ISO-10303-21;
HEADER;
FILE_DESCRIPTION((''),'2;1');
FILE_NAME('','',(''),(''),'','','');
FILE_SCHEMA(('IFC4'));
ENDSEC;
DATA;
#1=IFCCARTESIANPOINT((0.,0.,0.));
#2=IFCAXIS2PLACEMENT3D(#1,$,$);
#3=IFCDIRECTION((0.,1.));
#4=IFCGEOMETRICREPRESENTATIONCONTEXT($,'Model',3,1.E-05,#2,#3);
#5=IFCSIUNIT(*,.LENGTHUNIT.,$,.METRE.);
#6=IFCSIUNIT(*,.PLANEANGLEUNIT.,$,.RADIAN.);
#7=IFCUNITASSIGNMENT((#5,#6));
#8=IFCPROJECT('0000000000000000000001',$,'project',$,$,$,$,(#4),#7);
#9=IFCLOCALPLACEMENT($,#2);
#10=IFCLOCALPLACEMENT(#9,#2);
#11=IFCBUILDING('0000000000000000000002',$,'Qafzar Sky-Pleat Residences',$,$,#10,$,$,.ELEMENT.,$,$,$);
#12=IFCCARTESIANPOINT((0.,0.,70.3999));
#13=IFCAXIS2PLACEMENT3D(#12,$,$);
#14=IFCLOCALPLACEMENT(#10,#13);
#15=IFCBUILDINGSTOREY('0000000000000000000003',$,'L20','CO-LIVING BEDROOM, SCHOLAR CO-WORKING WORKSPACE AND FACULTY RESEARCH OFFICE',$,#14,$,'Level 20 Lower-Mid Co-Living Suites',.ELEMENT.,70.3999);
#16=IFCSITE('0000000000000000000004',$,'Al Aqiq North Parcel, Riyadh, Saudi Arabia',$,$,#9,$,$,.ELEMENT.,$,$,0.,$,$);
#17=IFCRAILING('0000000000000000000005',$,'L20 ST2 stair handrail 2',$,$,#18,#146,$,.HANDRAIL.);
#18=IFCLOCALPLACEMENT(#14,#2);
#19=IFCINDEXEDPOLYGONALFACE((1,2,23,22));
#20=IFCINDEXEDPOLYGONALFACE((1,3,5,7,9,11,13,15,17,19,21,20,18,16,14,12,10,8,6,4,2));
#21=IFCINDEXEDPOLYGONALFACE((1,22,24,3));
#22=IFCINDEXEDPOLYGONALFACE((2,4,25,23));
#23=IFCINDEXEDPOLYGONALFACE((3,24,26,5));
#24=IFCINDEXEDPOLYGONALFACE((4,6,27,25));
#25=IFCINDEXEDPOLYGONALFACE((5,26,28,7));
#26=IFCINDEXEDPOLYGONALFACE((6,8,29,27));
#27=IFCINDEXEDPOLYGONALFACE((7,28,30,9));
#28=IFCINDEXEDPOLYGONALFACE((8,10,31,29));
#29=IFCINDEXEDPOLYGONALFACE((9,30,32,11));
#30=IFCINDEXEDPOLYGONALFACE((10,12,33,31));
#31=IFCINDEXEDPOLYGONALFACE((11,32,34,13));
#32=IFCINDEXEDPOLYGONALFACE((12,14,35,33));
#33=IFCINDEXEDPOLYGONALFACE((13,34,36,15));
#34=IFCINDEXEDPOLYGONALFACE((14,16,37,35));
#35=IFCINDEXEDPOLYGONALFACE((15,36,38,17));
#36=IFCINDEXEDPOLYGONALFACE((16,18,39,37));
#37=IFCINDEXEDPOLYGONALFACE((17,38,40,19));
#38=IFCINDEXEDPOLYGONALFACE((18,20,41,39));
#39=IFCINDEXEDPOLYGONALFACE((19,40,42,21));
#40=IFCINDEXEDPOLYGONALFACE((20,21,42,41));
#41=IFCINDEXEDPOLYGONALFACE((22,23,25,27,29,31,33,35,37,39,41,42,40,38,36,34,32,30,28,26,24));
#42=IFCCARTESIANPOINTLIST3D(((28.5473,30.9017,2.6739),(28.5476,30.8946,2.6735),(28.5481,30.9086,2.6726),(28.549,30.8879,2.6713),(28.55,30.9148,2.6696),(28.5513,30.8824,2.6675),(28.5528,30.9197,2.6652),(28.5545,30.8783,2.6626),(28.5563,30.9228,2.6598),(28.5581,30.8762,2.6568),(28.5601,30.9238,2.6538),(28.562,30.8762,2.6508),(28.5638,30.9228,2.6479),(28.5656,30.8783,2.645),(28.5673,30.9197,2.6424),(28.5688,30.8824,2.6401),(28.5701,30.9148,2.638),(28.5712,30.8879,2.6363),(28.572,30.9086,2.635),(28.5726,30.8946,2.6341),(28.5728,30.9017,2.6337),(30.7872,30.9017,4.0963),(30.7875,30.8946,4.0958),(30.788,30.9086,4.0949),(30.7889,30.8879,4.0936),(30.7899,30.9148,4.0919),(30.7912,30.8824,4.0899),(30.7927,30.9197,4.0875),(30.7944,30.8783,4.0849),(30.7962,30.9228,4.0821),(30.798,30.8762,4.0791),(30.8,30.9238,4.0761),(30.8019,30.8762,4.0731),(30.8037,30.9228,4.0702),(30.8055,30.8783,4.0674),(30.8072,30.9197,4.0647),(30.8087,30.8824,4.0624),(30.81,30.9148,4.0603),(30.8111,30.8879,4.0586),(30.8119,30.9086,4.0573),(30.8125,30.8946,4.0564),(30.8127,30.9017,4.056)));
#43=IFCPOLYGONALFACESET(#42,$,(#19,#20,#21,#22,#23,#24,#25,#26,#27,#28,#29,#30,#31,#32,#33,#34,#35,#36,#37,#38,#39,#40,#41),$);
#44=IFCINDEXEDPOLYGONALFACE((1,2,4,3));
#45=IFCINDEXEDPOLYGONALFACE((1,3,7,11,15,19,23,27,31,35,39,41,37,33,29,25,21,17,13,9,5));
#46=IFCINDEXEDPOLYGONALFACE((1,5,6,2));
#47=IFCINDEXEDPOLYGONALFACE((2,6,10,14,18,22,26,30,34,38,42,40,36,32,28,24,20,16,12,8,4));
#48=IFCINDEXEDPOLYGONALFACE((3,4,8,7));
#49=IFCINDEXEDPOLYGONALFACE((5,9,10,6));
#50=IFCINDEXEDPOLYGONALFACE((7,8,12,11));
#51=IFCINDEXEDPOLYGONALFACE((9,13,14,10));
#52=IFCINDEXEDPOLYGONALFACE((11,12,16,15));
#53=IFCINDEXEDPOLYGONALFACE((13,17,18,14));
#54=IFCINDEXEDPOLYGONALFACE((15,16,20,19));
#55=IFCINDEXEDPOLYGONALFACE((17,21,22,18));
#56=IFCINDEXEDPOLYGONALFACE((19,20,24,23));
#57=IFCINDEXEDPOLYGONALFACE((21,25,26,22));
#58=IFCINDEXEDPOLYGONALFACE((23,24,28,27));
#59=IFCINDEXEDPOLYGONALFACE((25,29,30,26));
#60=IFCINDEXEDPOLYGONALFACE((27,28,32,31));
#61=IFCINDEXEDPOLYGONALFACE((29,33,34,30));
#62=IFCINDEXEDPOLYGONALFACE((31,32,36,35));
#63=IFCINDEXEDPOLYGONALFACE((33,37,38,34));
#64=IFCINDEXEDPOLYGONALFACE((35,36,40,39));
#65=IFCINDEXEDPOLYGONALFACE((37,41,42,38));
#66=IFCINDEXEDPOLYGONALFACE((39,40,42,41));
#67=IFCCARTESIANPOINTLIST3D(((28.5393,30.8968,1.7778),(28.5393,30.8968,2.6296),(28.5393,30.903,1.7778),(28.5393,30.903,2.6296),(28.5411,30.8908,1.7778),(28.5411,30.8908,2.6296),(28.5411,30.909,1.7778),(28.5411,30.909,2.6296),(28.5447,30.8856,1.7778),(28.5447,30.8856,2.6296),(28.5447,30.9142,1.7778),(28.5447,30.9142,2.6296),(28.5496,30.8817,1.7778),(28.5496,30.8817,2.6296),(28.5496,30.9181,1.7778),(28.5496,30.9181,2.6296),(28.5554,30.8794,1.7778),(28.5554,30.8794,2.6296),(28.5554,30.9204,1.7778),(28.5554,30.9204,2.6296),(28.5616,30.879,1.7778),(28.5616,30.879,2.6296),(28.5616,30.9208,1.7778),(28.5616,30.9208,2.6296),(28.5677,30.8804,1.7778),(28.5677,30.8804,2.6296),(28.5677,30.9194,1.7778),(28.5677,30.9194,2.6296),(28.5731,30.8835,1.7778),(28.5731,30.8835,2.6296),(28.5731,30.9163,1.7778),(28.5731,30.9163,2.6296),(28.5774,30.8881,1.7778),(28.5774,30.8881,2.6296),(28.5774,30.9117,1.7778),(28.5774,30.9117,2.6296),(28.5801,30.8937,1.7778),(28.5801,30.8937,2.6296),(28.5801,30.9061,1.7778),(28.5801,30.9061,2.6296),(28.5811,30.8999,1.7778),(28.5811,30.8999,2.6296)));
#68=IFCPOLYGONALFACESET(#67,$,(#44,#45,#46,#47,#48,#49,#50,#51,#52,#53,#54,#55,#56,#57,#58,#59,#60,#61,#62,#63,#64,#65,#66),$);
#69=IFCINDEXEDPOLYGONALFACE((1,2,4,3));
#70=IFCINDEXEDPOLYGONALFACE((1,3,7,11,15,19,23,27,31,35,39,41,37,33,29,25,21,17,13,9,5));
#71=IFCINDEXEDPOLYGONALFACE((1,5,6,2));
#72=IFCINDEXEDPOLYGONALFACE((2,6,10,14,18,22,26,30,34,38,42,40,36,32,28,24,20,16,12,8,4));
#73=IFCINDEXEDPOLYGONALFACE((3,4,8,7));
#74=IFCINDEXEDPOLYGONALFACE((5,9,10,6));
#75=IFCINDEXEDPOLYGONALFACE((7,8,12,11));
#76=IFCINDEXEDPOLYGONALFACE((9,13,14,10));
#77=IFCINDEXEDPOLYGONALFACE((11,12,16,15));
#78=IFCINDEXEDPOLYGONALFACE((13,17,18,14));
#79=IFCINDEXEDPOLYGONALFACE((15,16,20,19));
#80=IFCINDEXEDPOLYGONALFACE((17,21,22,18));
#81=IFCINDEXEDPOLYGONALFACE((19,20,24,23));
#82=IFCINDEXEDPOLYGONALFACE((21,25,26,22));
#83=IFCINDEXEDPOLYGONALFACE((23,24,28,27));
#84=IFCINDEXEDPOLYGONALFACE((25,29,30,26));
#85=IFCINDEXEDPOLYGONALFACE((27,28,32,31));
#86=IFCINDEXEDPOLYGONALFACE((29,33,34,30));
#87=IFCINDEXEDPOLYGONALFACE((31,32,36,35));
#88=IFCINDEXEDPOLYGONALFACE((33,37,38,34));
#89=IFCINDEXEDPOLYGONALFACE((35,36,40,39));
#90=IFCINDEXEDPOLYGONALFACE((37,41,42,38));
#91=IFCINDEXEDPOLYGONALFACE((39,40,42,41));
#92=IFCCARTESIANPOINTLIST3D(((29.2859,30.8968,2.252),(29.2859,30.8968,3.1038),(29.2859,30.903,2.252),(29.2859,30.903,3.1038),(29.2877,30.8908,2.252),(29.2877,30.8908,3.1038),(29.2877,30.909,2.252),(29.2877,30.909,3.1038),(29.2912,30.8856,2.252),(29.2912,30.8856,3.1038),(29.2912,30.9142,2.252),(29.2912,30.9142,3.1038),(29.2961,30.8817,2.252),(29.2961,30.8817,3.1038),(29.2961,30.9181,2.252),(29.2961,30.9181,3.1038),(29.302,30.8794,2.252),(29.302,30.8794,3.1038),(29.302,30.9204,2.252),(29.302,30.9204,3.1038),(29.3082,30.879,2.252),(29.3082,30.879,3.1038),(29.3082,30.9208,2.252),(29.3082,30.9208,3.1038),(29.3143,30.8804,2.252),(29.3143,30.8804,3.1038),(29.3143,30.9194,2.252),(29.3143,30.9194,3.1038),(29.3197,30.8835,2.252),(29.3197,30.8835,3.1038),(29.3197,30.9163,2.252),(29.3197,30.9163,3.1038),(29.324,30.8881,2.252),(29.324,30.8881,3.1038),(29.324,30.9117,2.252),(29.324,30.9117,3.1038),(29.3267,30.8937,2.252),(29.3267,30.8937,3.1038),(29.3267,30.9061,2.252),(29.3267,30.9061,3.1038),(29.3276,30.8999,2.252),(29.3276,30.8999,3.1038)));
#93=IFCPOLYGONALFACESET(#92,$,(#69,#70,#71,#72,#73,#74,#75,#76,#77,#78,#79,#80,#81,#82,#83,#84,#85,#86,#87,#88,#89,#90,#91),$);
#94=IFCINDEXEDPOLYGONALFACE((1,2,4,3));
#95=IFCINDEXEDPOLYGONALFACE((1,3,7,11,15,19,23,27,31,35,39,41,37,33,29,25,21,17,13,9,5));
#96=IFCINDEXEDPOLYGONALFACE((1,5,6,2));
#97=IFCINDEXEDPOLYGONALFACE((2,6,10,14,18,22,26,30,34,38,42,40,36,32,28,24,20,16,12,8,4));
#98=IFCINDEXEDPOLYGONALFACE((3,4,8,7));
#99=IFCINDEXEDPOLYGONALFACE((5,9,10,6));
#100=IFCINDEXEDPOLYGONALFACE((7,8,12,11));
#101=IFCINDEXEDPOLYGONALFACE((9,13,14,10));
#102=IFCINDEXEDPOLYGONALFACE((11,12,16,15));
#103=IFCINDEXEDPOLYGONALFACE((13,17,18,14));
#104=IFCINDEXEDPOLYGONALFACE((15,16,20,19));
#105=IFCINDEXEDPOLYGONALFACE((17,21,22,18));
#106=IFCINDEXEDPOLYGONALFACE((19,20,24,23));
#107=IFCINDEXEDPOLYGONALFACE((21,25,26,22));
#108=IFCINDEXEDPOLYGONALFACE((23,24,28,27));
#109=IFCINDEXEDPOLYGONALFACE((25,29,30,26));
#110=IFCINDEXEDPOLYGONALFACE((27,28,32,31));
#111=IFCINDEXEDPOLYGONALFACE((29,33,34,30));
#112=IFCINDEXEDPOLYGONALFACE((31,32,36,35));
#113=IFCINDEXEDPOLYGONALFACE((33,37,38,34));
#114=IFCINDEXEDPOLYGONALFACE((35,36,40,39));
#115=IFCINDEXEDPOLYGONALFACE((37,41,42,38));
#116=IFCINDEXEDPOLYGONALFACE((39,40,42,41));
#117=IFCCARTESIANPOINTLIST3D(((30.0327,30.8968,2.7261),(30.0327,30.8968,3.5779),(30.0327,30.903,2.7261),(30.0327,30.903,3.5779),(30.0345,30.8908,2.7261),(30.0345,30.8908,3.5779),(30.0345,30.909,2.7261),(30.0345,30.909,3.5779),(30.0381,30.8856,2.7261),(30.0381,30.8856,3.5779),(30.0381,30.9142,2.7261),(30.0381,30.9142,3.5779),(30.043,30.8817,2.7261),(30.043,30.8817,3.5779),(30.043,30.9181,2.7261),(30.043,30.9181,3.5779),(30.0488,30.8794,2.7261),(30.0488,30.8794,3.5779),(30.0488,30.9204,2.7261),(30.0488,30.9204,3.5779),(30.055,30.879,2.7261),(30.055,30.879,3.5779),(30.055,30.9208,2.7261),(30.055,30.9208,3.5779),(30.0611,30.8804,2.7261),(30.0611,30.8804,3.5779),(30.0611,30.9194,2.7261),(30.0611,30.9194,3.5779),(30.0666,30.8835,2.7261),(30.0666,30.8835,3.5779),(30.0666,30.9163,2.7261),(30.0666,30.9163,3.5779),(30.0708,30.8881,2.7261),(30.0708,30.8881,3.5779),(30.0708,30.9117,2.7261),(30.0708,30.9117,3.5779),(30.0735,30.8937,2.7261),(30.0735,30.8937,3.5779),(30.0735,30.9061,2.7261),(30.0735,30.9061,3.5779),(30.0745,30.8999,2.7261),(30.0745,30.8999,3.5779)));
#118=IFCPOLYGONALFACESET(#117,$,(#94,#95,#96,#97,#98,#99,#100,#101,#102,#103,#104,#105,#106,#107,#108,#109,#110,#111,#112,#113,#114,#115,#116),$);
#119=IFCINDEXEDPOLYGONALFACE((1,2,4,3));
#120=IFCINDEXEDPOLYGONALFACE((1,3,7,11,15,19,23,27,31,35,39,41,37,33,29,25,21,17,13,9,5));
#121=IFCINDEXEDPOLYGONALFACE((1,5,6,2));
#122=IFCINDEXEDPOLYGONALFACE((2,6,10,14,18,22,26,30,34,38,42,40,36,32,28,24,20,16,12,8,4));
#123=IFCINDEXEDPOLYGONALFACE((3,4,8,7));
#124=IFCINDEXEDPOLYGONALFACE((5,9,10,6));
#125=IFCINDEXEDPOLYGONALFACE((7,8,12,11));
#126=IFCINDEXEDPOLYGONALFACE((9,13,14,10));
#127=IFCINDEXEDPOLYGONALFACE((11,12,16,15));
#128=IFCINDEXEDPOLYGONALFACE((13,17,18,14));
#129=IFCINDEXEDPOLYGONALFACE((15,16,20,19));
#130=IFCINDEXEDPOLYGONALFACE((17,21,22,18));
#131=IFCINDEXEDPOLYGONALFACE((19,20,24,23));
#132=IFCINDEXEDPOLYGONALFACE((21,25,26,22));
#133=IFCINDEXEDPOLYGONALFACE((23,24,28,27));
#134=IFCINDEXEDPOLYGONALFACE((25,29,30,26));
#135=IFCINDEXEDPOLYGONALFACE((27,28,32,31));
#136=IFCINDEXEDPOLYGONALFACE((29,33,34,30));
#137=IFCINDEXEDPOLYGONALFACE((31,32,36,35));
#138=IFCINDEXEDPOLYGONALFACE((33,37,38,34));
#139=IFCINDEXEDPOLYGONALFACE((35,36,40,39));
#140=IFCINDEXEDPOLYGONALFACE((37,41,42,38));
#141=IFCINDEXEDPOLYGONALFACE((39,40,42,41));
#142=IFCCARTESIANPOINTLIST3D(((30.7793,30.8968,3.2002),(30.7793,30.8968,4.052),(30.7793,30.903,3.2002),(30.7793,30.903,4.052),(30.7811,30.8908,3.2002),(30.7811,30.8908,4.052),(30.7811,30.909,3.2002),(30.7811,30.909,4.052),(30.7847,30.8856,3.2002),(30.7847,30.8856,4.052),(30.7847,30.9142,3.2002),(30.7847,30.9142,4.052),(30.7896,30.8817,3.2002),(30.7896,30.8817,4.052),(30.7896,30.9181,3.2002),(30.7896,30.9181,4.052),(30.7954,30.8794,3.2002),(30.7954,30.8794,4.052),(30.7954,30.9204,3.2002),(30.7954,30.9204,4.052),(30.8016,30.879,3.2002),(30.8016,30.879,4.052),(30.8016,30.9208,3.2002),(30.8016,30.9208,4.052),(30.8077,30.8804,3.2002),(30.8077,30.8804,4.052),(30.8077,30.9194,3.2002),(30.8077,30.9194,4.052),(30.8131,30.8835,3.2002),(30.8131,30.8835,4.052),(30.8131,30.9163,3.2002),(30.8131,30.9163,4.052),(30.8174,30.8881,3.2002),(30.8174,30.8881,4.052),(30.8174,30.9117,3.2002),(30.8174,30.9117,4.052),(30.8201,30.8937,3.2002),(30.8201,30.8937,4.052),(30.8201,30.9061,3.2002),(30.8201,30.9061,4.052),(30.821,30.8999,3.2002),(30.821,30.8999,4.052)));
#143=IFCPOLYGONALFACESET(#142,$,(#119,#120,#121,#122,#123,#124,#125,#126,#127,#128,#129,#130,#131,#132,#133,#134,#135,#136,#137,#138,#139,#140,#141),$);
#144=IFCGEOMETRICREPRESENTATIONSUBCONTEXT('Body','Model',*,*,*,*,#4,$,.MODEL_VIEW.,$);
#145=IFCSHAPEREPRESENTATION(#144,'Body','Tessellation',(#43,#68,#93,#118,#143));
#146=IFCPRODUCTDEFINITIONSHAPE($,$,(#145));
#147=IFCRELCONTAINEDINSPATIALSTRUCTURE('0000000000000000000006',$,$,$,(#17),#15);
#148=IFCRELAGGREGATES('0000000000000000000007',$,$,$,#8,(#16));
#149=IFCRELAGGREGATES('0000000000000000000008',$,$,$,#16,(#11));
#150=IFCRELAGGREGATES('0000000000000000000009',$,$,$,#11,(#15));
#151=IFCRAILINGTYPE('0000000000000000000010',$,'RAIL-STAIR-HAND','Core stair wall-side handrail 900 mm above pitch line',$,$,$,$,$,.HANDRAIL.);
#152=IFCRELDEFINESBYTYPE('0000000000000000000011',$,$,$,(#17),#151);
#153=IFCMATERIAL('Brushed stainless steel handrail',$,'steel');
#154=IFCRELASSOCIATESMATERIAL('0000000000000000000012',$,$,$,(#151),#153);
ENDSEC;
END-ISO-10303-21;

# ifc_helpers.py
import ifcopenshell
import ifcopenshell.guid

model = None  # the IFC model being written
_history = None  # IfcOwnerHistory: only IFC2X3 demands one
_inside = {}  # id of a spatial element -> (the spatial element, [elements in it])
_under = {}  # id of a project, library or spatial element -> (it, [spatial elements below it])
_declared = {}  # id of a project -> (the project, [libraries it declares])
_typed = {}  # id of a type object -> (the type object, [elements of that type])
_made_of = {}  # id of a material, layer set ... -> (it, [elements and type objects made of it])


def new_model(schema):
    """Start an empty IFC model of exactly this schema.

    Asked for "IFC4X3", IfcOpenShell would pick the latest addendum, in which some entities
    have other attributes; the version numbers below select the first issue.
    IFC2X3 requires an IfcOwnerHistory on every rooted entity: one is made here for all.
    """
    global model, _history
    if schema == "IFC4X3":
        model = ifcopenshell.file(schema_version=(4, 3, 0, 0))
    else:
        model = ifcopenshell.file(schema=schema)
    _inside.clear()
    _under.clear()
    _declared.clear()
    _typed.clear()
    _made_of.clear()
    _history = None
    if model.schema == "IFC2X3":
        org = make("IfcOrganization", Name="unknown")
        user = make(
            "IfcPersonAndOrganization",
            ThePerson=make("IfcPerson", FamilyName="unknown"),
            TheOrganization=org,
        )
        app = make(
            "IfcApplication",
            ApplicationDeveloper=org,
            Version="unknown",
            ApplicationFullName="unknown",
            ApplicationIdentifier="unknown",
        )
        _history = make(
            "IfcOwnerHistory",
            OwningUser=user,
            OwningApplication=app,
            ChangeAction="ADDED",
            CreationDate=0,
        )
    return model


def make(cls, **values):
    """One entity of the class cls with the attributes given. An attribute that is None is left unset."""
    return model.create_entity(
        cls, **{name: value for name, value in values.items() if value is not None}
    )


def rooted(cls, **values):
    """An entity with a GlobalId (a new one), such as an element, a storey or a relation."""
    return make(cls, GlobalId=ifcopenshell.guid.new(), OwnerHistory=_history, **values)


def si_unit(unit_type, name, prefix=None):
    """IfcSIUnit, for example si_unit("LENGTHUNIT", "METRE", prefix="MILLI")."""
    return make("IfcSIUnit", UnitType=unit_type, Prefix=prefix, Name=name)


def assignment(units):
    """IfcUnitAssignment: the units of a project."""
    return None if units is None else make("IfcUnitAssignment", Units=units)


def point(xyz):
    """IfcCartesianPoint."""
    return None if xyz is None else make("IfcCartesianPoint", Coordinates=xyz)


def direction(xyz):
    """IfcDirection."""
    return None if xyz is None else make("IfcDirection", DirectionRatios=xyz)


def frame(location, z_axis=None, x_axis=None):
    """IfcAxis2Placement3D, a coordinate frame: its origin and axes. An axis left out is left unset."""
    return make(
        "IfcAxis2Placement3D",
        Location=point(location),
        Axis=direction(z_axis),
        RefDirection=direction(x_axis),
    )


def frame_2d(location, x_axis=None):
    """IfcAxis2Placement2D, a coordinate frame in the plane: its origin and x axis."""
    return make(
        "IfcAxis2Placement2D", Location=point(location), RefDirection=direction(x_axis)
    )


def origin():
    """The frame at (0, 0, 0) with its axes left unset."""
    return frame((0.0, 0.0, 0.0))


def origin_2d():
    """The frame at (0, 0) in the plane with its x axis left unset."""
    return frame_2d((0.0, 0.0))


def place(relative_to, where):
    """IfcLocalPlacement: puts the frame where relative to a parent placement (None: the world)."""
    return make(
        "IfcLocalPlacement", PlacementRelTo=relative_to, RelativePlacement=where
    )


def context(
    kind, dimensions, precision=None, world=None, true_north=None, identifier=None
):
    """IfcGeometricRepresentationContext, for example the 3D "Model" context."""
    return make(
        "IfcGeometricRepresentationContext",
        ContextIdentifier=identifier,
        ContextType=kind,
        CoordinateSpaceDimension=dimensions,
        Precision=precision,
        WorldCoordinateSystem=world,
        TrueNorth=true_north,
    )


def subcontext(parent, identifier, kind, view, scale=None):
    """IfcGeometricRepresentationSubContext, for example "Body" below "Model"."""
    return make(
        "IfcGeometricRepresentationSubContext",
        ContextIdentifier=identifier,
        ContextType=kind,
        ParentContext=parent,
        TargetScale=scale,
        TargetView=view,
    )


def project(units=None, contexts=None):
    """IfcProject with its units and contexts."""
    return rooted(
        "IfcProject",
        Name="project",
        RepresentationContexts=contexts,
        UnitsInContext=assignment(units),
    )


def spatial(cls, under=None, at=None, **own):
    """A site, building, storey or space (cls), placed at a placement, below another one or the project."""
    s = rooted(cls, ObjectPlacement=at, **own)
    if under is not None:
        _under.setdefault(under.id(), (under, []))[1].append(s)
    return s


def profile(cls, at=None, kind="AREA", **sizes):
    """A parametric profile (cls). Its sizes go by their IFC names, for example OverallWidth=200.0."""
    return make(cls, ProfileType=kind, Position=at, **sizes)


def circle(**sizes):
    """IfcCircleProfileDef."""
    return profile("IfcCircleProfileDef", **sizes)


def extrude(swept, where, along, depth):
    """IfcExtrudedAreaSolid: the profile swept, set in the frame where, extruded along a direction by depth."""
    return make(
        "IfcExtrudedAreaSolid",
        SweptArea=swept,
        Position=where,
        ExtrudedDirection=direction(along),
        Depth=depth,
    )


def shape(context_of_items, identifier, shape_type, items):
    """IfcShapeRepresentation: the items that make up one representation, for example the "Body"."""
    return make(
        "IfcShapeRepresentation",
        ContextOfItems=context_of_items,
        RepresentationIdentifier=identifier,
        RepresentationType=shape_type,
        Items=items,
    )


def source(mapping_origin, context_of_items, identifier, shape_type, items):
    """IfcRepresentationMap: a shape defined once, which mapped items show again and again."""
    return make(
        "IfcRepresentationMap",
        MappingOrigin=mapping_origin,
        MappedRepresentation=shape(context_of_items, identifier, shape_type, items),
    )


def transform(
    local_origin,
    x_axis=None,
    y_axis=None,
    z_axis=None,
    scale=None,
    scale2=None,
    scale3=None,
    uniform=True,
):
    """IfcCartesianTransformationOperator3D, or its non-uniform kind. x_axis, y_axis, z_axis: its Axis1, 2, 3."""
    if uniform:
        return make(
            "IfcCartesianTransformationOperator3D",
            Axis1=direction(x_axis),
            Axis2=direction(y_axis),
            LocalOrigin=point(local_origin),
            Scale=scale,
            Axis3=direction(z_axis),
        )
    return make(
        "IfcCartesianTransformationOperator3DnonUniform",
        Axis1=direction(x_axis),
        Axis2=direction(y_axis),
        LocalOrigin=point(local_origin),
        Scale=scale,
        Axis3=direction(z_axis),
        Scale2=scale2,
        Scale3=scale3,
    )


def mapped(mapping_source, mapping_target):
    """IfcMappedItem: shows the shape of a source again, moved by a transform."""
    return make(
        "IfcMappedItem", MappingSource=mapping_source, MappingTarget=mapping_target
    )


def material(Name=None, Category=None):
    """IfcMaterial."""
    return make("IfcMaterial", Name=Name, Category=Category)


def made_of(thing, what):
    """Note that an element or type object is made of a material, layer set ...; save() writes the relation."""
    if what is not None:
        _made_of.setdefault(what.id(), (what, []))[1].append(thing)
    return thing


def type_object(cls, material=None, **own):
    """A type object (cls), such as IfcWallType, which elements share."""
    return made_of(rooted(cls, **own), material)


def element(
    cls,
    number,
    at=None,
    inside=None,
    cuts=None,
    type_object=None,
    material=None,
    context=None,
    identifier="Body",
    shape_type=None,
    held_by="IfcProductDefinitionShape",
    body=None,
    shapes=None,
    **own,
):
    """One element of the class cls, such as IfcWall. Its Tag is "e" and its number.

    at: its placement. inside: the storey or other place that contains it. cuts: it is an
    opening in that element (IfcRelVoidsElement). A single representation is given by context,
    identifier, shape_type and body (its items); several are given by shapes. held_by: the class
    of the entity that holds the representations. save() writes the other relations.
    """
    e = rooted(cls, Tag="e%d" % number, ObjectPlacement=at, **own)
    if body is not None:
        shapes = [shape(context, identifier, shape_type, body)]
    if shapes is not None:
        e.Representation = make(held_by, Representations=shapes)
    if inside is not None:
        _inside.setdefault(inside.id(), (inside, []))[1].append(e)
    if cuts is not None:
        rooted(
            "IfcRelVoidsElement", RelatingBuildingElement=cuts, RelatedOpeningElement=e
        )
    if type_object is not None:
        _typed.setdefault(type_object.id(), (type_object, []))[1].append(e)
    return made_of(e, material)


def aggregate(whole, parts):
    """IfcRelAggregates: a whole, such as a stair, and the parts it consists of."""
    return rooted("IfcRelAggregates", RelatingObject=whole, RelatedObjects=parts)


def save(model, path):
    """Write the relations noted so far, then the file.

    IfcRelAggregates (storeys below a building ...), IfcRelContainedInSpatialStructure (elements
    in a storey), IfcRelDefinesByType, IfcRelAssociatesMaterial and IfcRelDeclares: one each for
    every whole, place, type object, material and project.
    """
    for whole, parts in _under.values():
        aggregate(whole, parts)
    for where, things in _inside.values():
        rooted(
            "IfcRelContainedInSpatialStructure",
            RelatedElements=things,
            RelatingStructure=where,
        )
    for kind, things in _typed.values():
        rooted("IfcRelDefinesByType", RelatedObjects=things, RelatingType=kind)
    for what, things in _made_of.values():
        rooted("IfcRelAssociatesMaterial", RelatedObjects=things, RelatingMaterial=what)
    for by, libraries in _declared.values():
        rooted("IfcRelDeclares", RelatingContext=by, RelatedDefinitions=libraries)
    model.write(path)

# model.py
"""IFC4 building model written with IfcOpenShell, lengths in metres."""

from ifc_helpers import new_model, si_unit, direction, frame, origin, origin_2d, place, context, subcontext, project, spatial, circle, extrude, source, transform, mapped, material, type_object, element, save


model = new_model("IFC4")

# Units and contexts
model_context = context("Model", 3, precision=1e-05, world=origin(), true_north=direction((0.0, 1.0)))
body_context = subcontext(model_context, "Body", "Model", "MODEL_VIEW")
ifc_project = project(units=[si_unit("LENGTHUNIT", "METRE"), si_unit("PLANEANGLEUNIT", "RADIAN")], contexts=[model_context])

# Site, building, storey
site_placement = place(None, origin())
site = spatial("IfcSite", under=ifc_project, at=site_placement, Name="Al Aqiq North Parcel, Riyadh, Saudi Arabia", CompositionType="ELEMENT", RefElevation=0.0)
building_placement = place(site_placement, origin())
building = spatial("IfcBuilding", under=site, at=building_placement, Name="Qafzar Sky-Pleat Residences", CompositionType="ELEMENT")
storey_placement = place(building_placement, frame((0.0, 0.0, 70.3999)))
storey = spatial("IfcBuildingStorey", under=building, at=storey_placement, Name="L20", Description="CO-LIVING BEDROOM, SCHOLAR CO-WORKING WORKSPACE AND FACULTY RESEARCH OFFICE", LongName="Level 20 Lower-Mid Co-Living Suites", CompositionType="ELEMENT", Elevation=70.3999)

# Railing
ifc_material_1 = material(Name="Brushed stainless steel handrail", Category="steel")
railing_type_1 = type_object("IfcRailingType", Name="RAIL-STAIR-HAND", Description="Core stair wall-side handrail 900 mm above pitch line", PredefinedType="HANDRAIL", material=ifc_material_1)
shared_shape_1 = source(origin(), body_context, "Body", "SweptSolid", [
    extrude(circle(Radius=0.0239, at=origin_2d()), frame((0.0, 0.0, 0.876), z_axis=(0.844188, 0.0, 0.536048), x_axis=(0.0, 1.0, 0.0)), (0.0, 0.0, 1.0), 2.6533),
    extrude(circle(Radius=0.021, at=origin_2d()), origin(), (0.0, 0.0, 1.0), 0.8518),
    extrude(circle(Radius=0.021, at=origin_2d()), frame((0.7466, 0.0, 0.4741)), (0.0, 0.0, 1.0), 0.8518),
    extrude(circle(Radius=0.021, at=origin_2d()), frame((1.4934, 0.0, 0.9482)), (0.0, 0.0, 1.0), 0.8518),
    extrude(circle(Radius=0.021, at=origin_2d()), frame((2.24, 0.0, 1.4224)), (0.0, 0.0, 1.0), 0.8518),
])
railing_1_placement = place(storey_placement, frame((28.5601, 30.8999, 1.7778)))
element("IfcRailing", 1, at=railing_1_placement, inside=storey, type_object=railing_type_1, Name="L20 ST2 stair handrail 2", PredefinedType="HANDRAIL", context=body_context, shape_type="MappedRepresentation", body=[
    mapped(shared_shape_1, transform((0.0, 0.0, 0.0), x_axis=(1.0, 0.0, 0.0), y_axis=(0.0, 1.0, 0.0), z_axis=(0.0, 0.0, 1.0), scale=1.0)),
])

save(model, "model.ifc")
